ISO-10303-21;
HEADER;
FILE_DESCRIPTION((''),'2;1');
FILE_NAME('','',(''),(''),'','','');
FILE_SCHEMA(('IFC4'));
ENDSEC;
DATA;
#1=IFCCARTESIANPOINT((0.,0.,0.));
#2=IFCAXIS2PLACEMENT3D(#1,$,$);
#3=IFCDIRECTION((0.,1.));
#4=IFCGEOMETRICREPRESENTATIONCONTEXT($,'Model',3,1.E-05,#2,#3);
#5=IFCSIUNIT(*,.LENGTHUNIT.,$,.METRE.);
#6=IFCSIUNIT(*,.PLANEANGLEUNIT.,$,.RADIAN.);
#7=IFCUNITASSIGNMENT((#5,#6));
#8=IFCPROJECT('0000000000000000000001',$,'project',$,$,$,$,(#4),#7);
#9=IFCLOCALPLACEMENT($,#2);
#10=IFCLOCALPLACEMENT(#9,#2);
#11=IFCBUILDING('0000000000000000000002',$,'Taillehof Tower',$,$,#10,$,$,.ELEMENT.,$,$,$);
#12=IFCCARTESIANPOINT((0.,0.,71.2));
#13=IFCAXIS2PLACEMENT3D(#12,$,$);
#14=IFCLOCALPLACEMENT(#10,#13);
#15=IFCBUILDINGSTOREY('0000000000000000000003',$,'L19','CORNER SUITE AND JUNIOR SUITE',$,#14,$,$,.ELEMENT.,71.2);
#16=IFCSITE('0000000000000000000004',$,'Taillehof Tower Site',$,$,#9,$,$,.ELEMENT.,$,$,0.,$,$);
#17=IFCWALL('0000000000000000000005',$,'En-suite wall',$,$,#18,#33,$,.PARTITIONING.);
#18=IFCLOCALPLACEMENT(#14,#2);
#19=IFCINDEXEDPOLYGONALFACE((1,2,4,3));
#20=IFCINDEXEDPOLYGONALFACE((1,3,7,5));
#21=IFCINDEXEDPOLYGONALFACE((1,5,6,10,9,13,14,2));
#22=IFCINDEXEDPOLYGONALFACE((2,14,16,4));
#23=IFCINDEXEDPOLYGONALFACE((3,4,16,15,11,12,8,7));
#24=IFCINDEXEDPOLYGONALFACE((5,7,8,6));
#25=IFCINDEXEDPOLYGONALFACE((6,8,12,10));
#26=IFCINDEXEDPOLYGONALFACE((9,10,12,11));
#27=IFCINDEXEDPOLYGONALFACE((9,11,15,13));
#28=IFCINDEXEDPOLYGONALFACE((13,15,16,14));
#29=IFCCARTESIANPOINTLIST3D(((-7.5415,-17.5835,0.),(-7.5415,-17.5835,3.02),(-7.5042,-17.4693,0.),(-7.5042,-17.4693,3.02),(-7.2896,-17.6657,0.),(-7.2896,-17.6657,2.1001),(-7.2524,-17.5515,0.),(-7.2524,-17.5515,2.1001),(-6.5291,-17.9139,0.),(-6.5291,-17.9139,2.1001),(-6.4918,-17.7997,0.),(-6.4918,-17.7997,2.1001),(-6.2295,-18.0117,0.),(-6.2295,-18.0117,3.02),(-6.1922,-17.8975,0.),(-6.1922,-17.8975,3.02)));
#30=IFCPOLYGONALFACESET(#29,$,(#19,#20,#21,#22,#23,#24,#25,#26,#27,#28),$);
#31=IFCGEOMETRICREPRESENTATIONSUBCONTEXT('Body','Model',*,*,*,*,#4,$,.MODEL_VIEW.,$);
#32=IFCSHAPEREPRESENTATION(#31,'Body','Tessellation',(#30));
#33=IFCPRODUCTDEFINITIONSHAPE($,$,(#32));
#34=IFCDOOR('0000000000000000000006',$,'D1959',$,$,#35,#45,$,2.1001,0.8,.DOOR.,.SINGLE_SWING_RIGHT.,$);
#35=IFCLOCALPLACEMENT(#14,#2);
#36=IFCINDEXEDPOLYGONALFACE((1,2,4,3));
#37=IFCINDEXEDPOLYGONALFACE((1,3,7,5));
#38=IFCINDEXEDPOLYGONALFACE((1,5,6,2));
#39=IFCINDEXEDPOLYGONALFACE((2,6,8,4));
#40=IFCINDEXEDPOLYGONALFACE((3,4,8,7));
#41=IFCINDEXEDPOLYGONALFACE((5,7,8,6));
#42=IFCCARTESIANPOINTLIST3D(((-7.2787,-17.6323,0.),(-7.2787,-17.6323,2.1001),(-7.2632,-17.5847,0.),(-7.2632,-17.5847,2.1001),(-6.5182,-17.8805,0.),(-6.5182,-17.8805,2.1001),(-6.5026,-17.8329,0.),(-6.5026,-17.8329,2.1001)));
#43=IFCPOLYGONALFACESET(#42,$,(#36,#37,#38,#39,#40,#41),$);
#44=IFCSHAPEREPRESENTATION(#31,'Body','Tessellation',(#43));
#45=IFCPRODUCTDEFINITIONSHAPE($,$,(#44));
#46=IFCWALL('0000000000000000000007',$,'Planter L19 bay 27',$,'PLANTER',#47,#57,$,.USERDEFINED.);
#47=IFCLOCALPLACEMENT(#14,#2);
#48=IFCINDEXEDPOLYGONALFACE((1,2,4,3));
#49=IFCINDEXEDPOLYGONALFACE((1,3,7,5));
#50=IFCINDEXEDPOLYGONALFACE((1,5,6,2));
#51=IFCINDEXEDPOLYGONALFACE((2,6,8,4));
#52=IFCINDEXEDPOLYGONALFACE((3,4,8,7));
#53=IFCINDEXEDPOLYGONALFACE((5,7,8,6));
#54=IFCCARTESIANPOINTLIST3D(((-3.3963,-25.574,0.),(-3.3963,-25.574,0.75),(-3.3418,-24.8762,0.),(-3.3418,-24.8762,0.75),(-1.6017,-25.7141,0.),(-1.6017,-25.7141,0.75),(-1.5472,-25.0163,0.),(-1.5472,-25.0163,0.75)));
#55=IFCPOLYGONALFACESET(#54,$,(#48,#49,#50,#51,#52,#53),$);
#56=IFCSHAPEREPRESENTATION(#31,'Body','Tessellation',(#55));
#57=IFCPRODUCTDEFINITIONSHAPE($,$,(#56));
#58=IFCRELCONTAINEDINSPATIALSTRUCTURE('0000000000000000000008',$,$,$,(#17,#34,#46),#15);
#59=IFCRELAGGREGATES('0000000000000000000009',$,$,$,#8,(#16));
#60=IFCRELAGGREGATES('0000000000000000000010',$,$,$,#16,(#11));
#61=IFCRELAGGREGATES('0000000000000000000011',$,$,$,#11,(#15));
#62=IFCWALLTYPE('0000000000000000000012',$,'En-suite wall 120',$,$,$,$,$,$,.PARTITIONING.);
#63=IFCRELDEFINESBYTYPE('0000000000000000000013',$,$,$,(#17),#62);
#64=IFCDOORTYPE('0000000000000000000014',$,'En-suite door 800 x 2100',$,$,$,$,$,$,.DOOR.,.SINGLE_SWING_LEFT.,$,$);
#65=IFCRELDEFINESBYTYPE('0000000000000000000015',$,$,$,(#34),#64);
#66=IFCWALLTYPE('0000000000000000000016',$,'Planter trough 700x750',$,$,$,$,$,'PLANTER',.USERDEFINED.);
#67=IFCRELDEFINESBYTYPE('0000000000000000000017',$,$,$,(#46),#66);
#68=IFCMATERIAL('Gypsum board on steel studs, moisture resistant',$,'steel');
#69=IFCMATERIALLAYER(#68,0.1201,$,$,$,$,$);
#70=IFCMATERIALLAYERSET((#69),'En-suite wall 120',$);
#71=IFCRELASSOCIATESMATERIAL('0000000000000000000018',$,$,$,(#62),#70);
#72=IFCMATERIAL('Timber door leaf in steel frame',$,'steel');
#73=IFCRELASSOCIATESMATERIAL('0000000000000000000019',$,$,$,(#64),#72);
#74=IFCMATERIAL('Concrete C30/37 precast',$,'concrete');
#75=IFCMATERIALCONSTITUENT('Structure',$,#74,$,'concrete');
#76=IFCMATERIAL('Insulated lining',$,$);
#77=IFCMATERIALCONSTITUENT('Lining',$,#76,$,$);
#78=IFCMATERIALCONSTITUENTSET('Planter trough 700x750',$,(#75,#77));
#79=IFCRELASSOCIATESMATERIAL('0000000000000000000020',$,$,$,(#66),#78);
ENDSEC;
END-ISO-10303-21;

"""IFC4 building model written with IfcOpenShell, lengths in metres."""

from ifc_helpers import new_model, si_unit, direction, frame, frame_2d, origin, place, context, subcontext, project, spatial, rectangle, extrude, material, layer, layer_set, constituent, constituent_set, type_object, element, fill, save


model = new_model("IFC4")

# Units and contexts
model_context = context("Model", 3, precision=1e-05, world=origin(), true_north=direction((0.0, 1.0)))
body_context = subcontext(model_context, "Body", "Model", "MODEL_VIEW")
ifc_project = project(units=[si_unit("LENGTHUNIT", "METRE"), si_unit("PLANEANGLEUNIT", "RADIAN")], contexts=[model_context])

# Site, building, storey
site_placement = place(None, origin())
site = spatial("IfcSite", under=ifc_project, at=site_placement, Name="Taillehof Tower Site", CompositionType="ELEMENT", RefElevation=0.0)
building_placement = place(site_placement, origin())
building = spatial("IfcBuilding", under=site, at=building_placement, Name="Taillehof Tower", CompositionType="ELEMENT")
storey_placement = place(building_placement, frame((0.0, 0.0, 71.2)))
storey = spatial("IfcBuildingStorey", under=building, at=storey_placement, Name="L19", Description="CORNER SUITE AND JUNIOR SUITE", CompositionType="ELEMENT", Elevation=71.2)

# Shared definitions
ifc_material_1 = material(Name="Gypsum board on steel studs, moisture resistant", Category="steel")
ifc_layer_1 = layer(ifc_material_1, 0.1201)
ifc_layer_set_1 = layer_set([ifc_layer_1], Name="En-suite wall 120")
wall_type_1 = type_object("IfcWallType", Name="En-suite wall 120", PredefinedType="PARTITIONING", material=ifc_layer_set_1)

# Wall, opening, door
ifc_material_2 = material(Name="Timber door leaf in steel frame", Category="steel")
door_type_1 = type_object("IfcDoorType", Name="En-suite door 800 x 2100", OperationType="SINGLE_SWING_LEFT", PredefinedType="DOOR", material=ifc_material_2)
wall_1_placement = place(storey_placement, frame((-6.2109, -17.9546, 0.0), z_axis=(0.0, 0.0, 1.0), x_axis=(-0.950646, 0.310278, 0.0)))
wall_1 = element("IfcWall", 1, at=wall_1_placement, inside=storey, type_object=wall_type_1, Name="En-suite wall", PredefinedType="PARTITIONING", context=body_context, shape_type="SweptSolid", body=[
    extrude(rectangle(XDim=1.3801, YDim=0.1201, at=frame_2d((0.6899, 0.0))), origin(), (0.0, 0.0, 1.0), 3.02),
])
opening_1_placement = place(wall_1_placement, frame((0.3152, 0.0, 0.0)))
opening_1 = element("IfcOpeningElement", 2, at=opening_1_placement, cuts=wall_1, PredefinedType="OPENING", context=body_context, shape_type="SweptSolid", body=[
    extrude(rectangle(XDim=0.8, YDim=2.1001, at=frame_2d((0.3999, 1.05))), frame((0.0, 0.0701, 0.0), z_axis=(0.0, -1.0, 0.0), x_axis=(1.0, 0.0, 0.0)), (0.0, 0.0, 1.0), 0.1401),
])
door_1_placement = place(opening_1_placement, origin())
door_1 = element("IfcDoor", 3, at=door_1_placement, inside=storey, type_object=door_type_1, Name="D1959", OperationType="SINGLE_SWING_RIGHT", OverallHeight=2.1001, OverallWidth=0.8, PredefinedType="DOOR", context=body_context, shape_type="SweptSolid", body=[
    extrude(rectangle(XDim=0.8, YDim=2.1001, at=frame_2d((0.3999, 1.05))), frame((0.0, 0.0249, 0.0), z_axis=(0.0, -1.0, 0.0), x_axis=(1.0, 0.0, 0.0)), (0.0, 0.0, 1.0), 0.05),
])
fill(opening_1, door_1)

# Wall
ifc_material_3 = material(Name="Concrete C30/37 precast", Category="concrete")
ifc_constituent_1 = constituent(ifc_material_3, Name="Structure", Category="concrete")
ifc_material_4 = material(Name="Insulated lining")
ifc_constituent_2 = constituent(ifc_material_4, Name="Lining")
ifc_constituent_set = constituent_set(constituents=[ifc_constituent_1, ifc_constituent_2], Name="Planter trough 700x750")
wall_type_2 = type_object("IfcWallType", Name="Planter trough 700x750", ElementType="PLANTER", PredefinedType="USERDEFINED", material=ifc_constituent_set)
wall_2_placement = place(storey_placement, frame((-3.3689, -25.2251, 0.0), z_axis=(0.0, 0.0, 1.0), x_axis=(0.996965, -0.077848, 0.0)))
element("IfcWall", 4, at=wall_2_placement, inside=storey, type_object=wall_type_2, Name="Planter L19 bay 27", ObjectType="PLANTER", PredefinedType="USERDEFINED", context=body_context, shape_type="SweptSolid", body=[
    extrude(rectangle(XDim=1.8, YDim=0.7, at=frame_2d((0.8999, 0.0))), origin(), (0.0, 0.0, 1.0), 0.75),
])

save(model, "model.ifc")
